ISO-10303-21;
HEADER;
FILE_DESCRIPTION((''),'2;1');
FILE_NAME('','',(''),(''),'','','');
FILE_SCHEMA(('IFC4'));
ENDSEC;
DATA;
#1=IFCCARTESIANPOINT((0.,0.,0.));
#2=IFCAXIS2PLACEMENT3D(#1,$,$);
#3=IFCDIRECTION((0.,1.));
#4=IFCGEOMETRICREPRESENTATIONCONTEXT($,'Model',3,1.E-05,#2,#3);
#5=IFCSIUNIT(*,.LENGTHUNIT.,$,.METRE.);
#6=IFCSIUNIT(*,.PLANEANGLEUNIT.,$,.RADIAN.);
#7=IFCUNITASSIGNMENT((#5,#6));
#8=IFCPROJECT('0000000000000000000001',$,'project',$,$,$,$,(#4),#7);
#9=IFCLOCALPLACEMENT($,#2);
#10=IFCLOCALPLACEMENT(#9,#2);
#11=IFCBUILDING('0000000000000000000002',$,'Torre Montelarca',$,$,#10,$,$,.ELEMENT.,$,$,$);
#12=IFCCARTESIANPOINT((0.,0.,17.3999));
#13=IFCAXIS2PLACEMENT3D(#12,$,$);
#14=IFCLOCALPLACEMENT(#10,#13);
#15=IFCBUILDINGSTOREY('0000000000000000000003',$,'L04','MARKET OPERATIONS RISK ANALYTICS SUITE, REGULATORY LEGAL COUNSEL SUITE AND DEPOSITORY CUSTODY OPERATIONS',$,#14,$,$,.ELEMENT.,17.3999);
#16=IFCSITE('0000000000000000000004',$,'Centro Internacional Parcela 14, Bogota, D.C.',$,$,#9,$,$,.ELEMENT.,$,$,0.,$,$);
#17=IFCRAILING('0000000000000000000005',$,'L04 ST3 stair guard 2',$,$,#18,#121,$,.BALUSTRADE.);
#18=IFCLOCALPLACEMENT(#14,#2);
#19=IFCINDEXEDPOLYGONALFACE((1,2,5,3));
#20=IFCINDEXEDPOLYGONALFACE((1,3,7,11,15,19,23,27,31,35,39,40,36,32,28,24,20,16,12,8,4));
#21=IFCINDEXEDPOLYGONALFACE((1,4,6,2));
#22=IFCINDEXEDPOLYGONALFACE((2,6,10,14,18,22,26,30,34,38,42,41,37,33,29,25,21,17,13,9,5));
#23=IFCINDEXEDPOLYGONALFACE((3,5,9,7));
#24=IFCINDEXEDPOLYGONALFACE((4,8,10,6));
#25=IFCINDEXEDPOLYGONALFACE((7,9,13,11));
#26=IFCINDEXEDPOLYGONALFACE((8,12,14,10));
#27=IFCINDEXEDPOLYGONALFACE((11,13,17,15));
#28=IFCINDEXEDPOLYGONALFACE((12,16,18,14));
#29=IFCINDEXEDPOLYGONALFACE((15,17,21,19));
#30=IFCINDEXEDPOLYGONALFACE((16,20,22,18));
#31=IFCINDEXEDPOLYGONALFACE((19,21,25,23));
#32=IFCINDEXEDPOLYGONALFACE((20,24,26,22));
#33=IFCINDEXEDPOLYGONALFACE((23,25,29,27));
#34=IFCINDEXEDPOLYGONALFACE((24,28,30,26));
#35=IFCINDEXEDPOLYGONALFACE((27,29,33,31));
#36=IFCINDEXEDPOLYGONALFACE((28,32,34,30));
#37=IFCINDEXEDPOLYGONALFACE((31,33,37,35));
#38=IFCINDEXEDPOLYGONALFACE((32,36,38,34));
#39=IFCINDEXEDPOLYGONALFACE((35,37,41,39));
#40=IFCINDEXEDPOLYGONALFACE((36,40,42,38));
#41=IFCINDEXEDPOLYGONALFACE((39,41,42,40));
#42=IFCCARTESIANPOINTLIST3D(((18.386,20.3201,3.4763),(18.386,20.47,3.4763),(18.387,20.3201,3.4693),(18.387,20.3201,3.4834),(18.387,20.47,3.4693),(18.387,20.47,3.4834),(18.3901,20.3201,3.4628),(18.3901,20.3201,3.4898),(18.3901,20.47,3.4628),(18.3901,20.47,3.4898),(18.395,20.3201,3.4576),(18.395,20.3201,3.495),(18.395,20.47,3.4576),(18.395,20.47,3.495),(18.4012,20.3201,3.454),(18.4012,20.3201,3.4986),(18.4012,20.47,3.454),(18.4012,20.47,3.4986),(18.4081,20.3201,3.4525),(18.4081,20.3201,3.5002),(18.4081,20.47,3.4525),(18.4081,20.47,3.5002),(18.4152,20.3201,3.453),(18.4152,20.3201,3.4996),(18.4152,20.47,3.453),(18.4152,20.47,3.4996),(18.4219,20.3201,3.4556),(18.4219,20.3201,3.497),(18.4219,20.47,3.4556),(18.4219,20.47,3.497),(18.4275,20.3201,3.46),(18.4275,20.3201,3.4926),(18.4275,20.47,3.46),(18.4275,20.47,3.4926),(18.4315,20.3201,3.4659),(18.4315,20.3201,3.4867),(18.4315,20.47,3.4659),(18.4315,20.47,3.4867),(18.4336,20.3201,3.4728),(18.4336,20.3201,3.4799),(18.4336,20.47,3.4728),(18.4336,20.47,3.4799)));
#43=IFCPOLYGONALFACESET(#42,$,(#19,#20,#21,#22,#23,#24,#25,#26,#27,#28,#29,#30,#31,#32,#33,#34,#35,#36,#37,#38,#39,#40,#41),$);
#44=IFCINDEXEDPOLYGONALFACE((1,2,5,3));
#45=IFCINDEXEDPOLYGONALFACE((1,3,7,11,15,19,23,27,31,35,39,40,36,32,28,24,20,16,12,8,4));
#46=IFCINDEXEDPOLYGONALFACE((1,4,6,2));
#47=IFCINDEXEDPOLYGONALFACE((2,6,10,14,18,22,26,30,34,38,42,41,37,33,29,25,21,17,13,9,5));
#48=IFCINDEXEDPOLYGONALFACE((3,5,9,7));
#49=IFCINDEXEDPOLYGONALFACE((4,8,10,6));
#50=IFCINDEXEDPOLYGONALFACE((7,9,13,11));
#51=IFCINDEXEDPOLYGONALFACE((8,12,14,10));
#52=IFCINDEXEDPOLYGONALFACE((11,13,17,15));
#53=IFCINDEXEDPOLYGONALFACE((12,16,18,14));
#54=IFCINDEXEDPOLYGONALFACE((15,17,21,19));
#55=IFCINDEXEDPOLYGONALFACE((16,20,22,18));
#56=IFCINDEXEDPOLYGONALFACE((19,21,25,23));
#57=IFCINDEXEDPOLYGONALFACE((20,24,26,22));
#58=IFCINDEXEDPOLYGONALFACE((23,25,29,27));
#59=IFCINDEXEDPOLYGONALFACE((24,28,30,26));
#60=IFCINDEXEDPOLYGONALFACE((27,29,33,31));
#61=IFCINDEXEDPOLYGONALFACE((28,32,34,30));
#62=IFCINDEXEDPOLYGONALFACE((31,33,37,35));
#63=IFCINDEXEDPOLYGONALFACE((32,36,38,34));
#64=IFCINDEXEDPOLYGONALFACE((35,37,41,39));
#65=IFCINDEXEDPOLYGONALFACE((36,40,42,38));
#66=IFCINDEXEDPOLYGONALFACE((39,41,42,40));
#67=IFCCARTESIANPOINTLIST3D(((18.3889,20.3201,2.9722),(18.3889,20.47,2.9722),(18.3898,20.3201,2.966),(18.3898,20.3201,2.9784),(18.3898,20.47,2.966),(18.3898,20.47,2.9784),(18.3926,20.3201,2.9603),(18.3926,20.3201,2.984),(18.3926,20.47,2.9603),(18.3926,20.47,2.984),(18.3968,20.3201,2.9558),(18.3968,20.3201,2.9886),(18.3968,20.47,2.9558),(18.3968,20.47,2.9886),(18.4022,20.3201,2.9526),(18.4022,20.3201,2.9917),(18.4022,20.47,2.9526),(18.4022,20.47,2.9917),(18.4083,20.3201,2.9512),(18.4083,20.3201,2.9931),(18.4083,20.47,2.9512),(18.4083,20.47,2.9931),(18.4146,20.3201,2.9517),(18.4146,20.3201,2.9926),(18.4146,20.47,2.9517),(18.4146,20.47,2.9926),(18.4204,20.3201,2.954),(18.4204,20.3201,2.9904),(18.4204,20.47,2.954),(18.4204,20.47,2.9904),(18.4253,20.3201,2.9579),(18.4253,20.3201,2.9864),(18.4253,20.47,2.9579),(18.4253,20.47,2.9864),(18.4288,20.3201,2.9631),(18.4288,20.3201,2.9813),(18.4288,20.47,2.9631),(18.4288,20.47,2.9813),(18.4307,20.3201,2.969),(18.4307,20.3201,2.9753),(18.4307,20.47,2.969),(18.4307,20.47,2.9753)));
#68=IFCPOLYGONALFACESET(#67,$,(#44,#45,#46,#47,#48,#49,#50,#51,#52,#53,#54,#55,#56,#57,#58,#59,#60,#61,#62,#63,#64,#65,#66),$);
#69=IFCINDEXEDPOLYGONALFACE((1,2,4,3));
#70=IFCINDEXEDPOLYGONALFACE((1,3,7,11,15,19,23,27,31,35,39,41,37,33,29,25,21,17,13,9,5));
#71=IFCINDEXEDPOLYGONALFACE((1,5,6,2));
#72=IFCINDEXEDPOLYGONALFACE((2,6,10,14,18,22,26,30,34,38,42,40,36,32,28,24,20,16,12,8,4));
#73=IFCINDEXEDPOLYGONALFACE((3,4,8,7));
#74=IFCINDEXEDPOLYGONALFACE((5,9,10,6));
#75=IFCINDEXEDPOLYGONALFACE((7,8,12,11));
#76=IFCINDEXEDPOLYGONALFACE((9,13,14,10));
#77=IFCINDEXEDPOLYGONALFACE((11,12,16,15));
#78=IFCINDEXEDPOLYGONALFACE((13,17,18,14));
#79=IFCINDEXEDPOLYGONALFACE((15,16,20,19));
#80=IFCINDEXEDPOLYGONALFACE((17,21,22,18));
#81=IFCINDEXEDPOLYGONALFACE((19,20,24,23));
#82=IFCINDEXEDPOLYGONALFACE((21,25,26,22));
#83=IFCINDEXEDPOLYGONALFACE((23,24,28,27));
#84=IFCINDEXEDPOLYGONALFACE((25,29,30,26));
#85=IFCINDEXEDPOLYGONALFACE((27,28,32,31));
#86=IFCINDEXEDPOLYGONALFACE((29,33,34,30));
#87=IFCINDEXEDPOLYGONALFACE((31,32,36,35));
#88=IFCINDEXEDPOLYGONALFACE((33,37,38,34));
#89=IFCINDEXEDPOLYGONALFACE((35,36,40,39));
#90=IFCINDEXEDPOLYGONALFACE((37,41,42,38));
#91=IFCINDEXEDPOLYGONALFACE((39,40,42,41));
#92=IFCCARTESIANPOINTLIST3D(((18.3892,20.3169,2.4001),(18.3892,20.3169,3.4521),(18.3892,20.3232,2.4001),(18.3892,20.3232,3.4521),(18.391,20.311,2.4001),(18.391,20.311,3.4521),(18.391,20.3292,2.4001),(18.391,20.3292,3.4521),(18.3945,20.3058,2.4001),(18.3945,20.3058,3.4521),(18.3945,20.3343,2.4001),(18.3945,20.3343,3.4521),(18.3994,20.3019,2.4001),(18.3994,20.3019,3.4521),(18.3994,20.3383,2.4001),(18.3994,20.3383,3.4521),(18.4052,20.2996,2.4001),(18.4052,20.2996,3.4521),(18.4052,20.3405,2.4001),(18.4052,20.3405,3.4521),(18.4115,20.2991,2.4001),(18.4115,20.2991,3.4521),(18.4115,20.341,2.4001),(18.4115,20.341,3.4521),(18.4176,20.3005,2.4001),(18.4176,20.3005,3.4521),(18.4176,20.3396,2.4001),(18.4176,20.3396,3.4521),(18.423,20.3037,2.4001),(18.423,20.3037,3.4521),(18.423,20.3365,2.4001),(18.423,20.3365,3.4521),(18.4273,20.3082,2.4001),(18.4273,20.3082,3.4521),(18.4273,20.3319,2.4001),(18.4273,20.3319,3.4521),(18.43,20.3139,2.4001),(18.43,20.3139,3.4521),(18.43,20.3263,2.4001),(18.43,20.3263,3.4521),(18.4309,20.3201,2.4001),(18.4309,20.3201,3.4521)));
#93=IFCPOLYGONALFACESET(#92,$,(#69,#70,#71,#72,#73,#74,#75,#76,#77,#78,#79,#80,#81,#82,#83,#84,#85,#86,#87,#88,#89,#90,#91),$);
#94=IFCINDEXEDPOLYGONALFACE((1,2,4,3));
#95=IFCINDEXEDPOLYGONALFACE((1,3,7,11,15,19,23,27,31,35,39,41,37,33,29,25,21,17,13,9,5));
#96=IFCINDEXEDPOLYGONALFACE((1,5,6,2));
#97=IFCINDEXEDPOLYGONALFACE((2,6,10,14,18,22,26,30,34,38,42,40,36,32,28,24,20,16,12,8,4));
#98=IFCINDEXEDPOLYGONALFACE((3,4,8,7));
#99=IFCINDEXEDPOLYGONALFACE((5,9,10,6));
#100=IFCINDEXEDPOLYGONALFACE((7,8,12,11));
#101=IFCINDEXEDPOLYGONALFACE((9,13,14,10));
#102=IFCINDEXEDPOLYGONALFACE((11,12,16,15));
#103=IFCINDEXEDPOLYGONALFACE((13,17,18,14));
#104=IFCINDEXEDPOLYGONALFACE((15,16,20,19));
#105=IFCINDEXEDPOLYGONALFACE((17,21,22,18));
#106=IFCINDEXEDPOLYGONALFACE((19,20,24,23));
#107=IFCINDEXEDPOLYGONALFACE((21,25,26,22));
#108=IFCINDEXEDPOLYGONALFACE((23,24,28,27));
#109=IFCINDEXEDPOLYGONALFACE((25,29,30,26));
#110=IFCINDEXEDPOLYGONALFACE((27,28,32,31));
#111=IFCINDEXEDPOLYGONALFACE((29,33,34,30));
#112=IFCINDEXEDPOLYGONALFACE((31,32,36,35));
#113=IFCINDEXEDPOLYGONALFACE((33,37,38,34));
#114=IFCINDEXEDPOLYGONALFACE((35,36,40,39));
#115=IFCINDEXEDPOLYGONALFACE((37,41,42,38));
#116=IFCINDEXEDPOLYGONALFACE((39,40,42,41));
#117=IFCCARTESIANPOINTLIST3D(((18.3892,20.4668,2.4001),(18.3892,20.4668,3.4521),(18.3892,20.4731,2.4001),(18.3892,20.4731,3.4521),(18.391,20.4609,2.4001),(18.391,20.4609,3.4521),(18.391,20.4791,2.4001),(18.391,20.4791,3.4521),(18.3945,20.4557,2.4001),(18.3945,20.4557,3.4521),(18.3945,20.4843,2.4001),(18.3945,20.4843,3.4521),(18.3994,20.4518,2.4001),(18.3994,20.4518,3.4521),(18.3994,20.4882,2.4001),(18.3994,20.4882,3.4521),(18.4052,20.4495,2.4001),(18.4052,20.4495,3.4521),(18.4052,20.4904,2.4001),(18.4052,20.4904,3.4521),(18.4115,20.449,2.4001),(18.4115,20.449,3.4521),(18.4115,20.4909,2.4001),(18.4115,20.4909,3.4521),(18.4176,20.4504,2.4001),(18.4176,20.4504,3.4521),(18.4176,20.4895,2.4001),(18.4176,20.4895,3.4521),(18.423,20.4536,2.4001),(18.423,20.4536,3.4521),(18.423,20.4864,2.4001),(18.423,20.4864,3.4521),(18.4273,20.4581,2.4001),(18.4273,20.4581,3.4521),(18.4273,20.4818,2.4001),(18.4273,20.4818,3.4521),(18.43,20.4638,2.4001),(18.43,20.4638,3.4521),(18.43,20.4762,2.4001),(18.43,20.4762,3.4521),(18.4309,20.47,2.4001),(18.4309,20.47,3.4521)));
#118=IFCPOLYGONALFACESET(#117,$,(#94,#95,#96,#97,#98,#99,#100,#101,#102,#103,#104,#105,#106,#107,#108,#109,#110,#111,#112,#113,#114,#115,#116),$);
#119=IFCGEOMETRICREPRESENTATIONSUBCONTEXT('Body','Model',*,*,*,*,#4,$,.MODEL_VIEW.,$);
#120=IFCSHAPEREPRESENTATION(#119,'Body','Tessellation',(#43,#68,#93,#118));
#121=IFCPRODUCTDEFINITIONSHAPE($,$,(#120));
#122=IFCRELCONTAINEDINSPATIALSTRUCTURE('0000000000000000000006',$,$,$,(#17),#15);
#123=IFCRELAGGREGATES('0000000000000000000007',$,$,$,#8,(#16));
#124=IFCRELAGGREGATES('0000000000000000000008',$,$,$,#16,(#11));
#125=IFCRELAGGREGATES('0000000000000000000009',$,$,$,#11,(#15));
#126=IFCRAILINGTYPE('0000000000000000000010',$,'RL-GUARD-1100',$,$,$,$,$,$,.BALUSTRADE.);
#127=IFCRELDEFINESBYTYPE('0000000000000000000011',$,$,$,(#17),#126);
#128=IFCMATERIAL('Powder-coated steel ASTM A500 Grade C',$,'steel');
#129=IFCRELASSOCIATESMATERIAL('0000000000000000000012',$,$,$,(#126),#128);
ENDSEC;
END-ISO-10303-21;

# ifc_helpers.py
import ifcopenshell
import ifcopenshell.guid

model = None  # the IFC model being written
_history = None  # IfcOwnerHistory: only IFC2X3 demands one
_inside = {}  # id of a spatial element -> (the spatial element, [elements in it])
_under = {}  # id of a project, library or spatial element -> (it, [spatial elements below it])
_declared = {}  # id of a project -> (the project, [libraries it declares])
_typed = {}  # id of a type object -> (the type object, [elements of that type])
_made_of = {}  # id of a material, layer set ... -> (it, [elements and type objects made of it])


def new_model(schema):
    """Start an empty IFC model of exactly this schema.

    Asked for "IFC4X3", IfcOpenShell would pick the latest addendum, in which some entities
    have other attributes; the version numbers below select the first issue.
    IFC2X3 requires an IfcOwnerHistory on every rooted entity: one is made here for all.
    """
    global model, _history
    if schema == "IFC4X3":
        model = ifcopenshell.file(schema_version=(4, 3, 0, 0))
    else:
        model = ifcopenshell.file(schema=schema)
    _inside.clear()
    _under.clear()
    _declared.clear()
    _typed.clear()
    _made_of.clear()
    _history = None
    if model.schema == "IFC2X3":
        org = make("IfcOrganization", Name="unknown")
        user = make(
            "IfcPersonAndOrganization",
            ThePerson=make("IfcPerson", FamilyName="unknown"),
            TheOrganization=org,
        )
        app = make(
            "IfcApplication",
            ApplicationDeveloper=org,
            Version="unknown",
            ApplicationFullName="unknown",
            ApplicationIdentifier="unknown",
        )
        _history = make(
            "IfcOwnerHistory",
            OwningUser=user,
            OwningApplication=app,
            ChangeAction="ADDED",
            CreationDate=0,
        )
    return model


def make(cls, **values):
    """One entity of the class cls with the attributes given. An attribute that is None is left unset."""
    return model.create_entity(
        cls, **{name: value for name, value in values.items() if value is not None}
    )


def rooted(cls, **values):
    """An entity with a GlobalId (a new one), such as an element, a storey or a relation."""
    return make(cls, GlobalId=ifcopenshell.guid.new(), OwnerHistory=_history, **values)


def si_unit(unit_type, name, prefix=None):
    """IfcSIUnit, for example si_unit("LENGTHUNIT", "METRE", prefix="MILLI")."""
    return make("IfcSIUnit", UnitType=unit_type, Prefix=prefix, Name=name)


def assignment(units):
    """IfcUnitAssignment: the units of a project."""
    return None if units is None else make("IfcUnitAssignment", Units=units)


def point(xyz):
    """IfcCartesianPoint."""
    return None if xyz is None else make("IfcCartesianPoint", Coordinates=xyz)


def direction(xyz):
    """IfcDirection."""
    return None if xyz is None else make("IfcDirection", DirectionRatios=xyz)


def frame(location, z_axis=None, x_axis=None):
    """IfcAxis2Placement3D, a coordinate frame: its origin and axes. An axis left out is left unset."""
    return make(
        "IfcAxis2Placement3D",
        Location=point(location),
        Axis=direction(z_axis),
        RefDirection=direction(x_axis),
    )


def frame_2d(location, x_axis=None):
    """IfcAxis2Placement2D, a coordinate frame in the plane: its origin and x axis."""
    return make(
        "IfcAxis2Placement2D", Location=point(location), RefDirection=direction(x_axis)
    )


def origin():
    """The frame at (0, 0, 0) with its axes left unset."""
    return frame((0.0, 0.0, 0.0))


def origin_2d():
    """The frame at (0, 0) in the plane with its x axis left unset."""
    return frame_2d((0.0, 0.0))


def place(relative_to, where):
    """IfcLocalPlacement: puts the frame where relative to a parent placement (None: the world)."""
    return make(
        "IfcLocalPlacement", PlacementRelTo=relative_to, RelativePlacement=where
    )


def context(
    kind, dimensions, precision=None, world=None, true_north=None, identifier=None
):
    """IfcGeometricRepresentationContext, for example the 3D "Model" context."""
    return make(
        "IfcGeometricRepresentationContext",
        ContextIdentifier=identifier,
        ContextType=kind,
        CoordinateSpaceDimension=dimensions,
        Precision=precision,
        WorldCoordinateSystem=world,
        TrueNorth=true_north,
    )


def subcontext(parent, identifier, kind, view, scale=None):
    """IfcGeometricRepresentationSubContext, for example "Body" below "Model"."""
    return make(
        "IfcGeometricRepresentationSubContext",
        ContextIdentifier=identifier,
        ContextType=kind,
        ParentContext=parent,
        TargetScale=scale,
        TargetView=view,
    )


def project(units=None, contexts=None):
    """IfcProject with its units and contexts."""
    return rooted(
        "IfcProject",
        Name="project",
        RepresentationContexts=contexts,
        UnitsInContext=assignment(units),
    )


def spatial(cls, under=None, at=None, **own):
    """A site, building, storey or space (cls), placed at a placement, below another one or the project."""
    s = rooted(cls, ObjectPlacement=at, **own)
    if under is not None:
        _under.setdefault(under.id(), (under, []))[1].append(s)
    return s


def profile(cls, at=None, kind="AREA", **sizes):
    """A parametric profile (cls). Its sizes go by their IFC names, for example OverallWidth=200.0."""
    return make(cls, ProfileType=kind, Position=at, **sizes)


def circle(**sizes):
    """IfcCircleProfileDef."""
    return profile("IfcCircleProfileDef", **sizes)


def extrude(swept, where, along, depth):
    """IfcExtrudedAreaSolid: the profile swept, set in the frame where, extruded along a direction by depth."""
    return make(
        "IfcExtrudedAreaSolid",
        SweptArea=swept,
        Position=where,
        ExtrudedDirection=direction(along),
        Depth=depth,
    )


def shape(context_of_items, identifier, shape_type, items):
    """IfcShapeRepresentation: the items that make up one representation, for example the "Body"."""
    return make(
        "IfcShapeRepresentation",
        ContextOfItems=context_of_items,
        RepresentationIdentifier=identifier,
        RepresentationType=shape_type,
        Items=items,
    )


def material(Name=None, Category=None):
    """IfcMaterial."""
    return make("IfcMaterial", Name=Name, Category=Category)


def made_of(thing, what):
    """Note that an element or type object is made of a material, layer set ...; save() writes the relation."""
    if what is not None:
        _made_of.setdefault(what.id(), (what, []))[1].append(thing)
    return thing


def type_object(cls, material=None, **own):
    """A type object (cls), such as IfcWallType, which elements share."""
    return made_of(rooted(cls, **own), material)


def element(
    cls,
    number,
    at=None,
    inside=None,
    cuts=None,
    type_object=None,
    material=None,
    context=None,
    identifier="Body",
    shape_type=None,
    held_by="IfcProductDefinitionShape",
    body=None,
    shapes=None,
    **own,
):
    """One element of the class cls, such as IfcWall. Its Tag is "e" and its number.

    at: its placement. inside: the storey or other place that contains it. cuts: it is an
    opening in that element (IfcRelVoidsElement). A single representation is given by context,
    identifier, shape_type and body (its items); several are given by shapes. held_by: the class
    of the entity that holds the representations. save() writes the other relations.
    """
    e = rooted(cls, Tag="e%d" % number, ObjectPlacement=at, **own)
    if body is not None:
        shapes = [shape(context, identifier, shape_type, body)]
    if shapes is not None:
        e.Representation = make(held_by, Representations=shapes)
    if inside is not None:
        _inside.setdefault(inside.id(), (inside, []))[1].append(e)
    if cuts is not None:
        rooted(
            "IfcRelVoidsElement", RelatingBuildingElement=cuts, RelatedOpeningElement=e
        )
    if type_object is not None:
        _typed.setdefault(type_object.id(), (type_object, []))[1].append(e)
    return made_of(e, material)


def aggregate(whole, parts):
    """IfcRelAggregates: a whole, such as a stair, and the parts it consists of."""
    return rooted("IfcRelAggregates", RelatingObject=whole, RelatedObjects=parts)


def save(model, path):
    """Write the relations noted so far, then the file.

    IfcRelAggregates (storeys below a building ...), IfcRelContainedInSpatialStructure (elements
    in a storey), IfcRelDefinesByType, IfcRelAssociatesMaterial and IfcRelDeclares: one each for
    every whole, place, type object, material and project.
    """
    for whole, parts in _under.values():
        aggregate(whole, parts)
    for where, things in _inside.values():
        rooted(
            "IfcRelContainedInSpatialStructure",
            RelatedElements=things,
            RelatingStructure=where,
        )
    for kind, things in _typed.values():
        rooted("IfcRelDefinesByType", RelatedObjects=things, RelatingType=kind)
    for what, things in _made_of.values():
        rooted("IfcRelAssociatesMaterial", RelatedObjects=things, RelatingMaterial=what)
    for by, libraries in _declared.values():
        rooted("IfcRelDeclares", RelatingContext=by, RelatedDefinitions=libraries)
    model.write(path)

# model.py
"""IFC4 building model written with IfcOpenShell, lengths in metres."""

from ifc_helpers import new_model, si_unit, direction, frame, origin, origin_2d, place, context, subcontext, project, spatial, circle, extrude, material, type_object, element, save


model = new_model("IFC4")

# Units and contexts
model_context = context("Model", 3, precision=1e-05, world=origin(), true_north=direction((0.0, 1.0)))
body_context = subcontext(model_context, "Body", "Model", "MODEL_VIEW")
ifc_project = project(units=[si_unit("LENGTHUNIT", "METRE"), si_unit("PLANEANGLEUNIT", "RADIAN")], contexts=[model_context])

# Site, building, storey
site_placement = place(None, origin())
site = spatial("IfcSite", under=ifc_project, at=site_placement, Name="Centro Internacional Parcela 14, Bogota, D.C.", CompositionType="ELEMENT", RefElevation=0.0)
building_placement = place(site_placement, origin())
building = spatial("IfcBuilding", under=site, at=building_placement, Name="Torre Montelarca", CompositionType="ELEMENT")
storey_placement = place(building_placement, frame((0.0, 0.0, 17.3999)))
storey = spatial("IfcBuildingStorey", under=building, at=storey_placement, Name="L04", Description="MARKET OPERATIONS RISK ANALYTICS SUITE, REGULATORY LEGAL COUNSEL SUITE AND DEPOSITORY CUSTODY OPERATIONS", CompositionType="ELEMENT", Elevation=17.3999)

# Railing
ifc_material_1 = material(Name="Powder-coated steel ASTM A500 Grade C", Category="steel")
railing_type_1 = type_object("IfcRailingType", Name="RL-GUARD-1100", PredefinedType="BALUSTRADE", material=ifc_material_1)
railing_1_placement = place(storey_placement, frame((18.4099, 20.3201, 2.4001)))
element("IfcRailing", 1, at=railing_1_placement, inside=storey, type_object=railing_type_1, Name="L04 ST3 stair guard 2", PredefinedType="BALUSTRADE", context=body_context, shape_type="SweptSolid", body=[
    extrude(circle(Radius=0.0239, at=origin_2d()), frame((0.0, 0.0, 1.0762), z_axis=(0.0, 1.0, 0.0), x_axis=(-1.0, 0.0, 0.0)), (0.0, 0.0, 1.0), 0.1499),
    extrude(circle(Radius=0.021, at=origin_2d()), frame((0.0, 0.0, 0.572), z_axis=(0.0, 1.0, 0.0), x_axis=(-1.0, 0.0, 0.0)), (0.0, 0.0, 1.0), 0.1499),
    extrude(circle(Radius=0.021, at=origin_2d()), origin(), (0.0, 0.0, 1.0), 1.052),
    extrude(circle(Radius=0.021, at=origin_2d()), frame((0.0, 0.1499, 0.0)), (0.0, 0.0, 1.0), 1.052),
])

save(model, "model.ifc")
